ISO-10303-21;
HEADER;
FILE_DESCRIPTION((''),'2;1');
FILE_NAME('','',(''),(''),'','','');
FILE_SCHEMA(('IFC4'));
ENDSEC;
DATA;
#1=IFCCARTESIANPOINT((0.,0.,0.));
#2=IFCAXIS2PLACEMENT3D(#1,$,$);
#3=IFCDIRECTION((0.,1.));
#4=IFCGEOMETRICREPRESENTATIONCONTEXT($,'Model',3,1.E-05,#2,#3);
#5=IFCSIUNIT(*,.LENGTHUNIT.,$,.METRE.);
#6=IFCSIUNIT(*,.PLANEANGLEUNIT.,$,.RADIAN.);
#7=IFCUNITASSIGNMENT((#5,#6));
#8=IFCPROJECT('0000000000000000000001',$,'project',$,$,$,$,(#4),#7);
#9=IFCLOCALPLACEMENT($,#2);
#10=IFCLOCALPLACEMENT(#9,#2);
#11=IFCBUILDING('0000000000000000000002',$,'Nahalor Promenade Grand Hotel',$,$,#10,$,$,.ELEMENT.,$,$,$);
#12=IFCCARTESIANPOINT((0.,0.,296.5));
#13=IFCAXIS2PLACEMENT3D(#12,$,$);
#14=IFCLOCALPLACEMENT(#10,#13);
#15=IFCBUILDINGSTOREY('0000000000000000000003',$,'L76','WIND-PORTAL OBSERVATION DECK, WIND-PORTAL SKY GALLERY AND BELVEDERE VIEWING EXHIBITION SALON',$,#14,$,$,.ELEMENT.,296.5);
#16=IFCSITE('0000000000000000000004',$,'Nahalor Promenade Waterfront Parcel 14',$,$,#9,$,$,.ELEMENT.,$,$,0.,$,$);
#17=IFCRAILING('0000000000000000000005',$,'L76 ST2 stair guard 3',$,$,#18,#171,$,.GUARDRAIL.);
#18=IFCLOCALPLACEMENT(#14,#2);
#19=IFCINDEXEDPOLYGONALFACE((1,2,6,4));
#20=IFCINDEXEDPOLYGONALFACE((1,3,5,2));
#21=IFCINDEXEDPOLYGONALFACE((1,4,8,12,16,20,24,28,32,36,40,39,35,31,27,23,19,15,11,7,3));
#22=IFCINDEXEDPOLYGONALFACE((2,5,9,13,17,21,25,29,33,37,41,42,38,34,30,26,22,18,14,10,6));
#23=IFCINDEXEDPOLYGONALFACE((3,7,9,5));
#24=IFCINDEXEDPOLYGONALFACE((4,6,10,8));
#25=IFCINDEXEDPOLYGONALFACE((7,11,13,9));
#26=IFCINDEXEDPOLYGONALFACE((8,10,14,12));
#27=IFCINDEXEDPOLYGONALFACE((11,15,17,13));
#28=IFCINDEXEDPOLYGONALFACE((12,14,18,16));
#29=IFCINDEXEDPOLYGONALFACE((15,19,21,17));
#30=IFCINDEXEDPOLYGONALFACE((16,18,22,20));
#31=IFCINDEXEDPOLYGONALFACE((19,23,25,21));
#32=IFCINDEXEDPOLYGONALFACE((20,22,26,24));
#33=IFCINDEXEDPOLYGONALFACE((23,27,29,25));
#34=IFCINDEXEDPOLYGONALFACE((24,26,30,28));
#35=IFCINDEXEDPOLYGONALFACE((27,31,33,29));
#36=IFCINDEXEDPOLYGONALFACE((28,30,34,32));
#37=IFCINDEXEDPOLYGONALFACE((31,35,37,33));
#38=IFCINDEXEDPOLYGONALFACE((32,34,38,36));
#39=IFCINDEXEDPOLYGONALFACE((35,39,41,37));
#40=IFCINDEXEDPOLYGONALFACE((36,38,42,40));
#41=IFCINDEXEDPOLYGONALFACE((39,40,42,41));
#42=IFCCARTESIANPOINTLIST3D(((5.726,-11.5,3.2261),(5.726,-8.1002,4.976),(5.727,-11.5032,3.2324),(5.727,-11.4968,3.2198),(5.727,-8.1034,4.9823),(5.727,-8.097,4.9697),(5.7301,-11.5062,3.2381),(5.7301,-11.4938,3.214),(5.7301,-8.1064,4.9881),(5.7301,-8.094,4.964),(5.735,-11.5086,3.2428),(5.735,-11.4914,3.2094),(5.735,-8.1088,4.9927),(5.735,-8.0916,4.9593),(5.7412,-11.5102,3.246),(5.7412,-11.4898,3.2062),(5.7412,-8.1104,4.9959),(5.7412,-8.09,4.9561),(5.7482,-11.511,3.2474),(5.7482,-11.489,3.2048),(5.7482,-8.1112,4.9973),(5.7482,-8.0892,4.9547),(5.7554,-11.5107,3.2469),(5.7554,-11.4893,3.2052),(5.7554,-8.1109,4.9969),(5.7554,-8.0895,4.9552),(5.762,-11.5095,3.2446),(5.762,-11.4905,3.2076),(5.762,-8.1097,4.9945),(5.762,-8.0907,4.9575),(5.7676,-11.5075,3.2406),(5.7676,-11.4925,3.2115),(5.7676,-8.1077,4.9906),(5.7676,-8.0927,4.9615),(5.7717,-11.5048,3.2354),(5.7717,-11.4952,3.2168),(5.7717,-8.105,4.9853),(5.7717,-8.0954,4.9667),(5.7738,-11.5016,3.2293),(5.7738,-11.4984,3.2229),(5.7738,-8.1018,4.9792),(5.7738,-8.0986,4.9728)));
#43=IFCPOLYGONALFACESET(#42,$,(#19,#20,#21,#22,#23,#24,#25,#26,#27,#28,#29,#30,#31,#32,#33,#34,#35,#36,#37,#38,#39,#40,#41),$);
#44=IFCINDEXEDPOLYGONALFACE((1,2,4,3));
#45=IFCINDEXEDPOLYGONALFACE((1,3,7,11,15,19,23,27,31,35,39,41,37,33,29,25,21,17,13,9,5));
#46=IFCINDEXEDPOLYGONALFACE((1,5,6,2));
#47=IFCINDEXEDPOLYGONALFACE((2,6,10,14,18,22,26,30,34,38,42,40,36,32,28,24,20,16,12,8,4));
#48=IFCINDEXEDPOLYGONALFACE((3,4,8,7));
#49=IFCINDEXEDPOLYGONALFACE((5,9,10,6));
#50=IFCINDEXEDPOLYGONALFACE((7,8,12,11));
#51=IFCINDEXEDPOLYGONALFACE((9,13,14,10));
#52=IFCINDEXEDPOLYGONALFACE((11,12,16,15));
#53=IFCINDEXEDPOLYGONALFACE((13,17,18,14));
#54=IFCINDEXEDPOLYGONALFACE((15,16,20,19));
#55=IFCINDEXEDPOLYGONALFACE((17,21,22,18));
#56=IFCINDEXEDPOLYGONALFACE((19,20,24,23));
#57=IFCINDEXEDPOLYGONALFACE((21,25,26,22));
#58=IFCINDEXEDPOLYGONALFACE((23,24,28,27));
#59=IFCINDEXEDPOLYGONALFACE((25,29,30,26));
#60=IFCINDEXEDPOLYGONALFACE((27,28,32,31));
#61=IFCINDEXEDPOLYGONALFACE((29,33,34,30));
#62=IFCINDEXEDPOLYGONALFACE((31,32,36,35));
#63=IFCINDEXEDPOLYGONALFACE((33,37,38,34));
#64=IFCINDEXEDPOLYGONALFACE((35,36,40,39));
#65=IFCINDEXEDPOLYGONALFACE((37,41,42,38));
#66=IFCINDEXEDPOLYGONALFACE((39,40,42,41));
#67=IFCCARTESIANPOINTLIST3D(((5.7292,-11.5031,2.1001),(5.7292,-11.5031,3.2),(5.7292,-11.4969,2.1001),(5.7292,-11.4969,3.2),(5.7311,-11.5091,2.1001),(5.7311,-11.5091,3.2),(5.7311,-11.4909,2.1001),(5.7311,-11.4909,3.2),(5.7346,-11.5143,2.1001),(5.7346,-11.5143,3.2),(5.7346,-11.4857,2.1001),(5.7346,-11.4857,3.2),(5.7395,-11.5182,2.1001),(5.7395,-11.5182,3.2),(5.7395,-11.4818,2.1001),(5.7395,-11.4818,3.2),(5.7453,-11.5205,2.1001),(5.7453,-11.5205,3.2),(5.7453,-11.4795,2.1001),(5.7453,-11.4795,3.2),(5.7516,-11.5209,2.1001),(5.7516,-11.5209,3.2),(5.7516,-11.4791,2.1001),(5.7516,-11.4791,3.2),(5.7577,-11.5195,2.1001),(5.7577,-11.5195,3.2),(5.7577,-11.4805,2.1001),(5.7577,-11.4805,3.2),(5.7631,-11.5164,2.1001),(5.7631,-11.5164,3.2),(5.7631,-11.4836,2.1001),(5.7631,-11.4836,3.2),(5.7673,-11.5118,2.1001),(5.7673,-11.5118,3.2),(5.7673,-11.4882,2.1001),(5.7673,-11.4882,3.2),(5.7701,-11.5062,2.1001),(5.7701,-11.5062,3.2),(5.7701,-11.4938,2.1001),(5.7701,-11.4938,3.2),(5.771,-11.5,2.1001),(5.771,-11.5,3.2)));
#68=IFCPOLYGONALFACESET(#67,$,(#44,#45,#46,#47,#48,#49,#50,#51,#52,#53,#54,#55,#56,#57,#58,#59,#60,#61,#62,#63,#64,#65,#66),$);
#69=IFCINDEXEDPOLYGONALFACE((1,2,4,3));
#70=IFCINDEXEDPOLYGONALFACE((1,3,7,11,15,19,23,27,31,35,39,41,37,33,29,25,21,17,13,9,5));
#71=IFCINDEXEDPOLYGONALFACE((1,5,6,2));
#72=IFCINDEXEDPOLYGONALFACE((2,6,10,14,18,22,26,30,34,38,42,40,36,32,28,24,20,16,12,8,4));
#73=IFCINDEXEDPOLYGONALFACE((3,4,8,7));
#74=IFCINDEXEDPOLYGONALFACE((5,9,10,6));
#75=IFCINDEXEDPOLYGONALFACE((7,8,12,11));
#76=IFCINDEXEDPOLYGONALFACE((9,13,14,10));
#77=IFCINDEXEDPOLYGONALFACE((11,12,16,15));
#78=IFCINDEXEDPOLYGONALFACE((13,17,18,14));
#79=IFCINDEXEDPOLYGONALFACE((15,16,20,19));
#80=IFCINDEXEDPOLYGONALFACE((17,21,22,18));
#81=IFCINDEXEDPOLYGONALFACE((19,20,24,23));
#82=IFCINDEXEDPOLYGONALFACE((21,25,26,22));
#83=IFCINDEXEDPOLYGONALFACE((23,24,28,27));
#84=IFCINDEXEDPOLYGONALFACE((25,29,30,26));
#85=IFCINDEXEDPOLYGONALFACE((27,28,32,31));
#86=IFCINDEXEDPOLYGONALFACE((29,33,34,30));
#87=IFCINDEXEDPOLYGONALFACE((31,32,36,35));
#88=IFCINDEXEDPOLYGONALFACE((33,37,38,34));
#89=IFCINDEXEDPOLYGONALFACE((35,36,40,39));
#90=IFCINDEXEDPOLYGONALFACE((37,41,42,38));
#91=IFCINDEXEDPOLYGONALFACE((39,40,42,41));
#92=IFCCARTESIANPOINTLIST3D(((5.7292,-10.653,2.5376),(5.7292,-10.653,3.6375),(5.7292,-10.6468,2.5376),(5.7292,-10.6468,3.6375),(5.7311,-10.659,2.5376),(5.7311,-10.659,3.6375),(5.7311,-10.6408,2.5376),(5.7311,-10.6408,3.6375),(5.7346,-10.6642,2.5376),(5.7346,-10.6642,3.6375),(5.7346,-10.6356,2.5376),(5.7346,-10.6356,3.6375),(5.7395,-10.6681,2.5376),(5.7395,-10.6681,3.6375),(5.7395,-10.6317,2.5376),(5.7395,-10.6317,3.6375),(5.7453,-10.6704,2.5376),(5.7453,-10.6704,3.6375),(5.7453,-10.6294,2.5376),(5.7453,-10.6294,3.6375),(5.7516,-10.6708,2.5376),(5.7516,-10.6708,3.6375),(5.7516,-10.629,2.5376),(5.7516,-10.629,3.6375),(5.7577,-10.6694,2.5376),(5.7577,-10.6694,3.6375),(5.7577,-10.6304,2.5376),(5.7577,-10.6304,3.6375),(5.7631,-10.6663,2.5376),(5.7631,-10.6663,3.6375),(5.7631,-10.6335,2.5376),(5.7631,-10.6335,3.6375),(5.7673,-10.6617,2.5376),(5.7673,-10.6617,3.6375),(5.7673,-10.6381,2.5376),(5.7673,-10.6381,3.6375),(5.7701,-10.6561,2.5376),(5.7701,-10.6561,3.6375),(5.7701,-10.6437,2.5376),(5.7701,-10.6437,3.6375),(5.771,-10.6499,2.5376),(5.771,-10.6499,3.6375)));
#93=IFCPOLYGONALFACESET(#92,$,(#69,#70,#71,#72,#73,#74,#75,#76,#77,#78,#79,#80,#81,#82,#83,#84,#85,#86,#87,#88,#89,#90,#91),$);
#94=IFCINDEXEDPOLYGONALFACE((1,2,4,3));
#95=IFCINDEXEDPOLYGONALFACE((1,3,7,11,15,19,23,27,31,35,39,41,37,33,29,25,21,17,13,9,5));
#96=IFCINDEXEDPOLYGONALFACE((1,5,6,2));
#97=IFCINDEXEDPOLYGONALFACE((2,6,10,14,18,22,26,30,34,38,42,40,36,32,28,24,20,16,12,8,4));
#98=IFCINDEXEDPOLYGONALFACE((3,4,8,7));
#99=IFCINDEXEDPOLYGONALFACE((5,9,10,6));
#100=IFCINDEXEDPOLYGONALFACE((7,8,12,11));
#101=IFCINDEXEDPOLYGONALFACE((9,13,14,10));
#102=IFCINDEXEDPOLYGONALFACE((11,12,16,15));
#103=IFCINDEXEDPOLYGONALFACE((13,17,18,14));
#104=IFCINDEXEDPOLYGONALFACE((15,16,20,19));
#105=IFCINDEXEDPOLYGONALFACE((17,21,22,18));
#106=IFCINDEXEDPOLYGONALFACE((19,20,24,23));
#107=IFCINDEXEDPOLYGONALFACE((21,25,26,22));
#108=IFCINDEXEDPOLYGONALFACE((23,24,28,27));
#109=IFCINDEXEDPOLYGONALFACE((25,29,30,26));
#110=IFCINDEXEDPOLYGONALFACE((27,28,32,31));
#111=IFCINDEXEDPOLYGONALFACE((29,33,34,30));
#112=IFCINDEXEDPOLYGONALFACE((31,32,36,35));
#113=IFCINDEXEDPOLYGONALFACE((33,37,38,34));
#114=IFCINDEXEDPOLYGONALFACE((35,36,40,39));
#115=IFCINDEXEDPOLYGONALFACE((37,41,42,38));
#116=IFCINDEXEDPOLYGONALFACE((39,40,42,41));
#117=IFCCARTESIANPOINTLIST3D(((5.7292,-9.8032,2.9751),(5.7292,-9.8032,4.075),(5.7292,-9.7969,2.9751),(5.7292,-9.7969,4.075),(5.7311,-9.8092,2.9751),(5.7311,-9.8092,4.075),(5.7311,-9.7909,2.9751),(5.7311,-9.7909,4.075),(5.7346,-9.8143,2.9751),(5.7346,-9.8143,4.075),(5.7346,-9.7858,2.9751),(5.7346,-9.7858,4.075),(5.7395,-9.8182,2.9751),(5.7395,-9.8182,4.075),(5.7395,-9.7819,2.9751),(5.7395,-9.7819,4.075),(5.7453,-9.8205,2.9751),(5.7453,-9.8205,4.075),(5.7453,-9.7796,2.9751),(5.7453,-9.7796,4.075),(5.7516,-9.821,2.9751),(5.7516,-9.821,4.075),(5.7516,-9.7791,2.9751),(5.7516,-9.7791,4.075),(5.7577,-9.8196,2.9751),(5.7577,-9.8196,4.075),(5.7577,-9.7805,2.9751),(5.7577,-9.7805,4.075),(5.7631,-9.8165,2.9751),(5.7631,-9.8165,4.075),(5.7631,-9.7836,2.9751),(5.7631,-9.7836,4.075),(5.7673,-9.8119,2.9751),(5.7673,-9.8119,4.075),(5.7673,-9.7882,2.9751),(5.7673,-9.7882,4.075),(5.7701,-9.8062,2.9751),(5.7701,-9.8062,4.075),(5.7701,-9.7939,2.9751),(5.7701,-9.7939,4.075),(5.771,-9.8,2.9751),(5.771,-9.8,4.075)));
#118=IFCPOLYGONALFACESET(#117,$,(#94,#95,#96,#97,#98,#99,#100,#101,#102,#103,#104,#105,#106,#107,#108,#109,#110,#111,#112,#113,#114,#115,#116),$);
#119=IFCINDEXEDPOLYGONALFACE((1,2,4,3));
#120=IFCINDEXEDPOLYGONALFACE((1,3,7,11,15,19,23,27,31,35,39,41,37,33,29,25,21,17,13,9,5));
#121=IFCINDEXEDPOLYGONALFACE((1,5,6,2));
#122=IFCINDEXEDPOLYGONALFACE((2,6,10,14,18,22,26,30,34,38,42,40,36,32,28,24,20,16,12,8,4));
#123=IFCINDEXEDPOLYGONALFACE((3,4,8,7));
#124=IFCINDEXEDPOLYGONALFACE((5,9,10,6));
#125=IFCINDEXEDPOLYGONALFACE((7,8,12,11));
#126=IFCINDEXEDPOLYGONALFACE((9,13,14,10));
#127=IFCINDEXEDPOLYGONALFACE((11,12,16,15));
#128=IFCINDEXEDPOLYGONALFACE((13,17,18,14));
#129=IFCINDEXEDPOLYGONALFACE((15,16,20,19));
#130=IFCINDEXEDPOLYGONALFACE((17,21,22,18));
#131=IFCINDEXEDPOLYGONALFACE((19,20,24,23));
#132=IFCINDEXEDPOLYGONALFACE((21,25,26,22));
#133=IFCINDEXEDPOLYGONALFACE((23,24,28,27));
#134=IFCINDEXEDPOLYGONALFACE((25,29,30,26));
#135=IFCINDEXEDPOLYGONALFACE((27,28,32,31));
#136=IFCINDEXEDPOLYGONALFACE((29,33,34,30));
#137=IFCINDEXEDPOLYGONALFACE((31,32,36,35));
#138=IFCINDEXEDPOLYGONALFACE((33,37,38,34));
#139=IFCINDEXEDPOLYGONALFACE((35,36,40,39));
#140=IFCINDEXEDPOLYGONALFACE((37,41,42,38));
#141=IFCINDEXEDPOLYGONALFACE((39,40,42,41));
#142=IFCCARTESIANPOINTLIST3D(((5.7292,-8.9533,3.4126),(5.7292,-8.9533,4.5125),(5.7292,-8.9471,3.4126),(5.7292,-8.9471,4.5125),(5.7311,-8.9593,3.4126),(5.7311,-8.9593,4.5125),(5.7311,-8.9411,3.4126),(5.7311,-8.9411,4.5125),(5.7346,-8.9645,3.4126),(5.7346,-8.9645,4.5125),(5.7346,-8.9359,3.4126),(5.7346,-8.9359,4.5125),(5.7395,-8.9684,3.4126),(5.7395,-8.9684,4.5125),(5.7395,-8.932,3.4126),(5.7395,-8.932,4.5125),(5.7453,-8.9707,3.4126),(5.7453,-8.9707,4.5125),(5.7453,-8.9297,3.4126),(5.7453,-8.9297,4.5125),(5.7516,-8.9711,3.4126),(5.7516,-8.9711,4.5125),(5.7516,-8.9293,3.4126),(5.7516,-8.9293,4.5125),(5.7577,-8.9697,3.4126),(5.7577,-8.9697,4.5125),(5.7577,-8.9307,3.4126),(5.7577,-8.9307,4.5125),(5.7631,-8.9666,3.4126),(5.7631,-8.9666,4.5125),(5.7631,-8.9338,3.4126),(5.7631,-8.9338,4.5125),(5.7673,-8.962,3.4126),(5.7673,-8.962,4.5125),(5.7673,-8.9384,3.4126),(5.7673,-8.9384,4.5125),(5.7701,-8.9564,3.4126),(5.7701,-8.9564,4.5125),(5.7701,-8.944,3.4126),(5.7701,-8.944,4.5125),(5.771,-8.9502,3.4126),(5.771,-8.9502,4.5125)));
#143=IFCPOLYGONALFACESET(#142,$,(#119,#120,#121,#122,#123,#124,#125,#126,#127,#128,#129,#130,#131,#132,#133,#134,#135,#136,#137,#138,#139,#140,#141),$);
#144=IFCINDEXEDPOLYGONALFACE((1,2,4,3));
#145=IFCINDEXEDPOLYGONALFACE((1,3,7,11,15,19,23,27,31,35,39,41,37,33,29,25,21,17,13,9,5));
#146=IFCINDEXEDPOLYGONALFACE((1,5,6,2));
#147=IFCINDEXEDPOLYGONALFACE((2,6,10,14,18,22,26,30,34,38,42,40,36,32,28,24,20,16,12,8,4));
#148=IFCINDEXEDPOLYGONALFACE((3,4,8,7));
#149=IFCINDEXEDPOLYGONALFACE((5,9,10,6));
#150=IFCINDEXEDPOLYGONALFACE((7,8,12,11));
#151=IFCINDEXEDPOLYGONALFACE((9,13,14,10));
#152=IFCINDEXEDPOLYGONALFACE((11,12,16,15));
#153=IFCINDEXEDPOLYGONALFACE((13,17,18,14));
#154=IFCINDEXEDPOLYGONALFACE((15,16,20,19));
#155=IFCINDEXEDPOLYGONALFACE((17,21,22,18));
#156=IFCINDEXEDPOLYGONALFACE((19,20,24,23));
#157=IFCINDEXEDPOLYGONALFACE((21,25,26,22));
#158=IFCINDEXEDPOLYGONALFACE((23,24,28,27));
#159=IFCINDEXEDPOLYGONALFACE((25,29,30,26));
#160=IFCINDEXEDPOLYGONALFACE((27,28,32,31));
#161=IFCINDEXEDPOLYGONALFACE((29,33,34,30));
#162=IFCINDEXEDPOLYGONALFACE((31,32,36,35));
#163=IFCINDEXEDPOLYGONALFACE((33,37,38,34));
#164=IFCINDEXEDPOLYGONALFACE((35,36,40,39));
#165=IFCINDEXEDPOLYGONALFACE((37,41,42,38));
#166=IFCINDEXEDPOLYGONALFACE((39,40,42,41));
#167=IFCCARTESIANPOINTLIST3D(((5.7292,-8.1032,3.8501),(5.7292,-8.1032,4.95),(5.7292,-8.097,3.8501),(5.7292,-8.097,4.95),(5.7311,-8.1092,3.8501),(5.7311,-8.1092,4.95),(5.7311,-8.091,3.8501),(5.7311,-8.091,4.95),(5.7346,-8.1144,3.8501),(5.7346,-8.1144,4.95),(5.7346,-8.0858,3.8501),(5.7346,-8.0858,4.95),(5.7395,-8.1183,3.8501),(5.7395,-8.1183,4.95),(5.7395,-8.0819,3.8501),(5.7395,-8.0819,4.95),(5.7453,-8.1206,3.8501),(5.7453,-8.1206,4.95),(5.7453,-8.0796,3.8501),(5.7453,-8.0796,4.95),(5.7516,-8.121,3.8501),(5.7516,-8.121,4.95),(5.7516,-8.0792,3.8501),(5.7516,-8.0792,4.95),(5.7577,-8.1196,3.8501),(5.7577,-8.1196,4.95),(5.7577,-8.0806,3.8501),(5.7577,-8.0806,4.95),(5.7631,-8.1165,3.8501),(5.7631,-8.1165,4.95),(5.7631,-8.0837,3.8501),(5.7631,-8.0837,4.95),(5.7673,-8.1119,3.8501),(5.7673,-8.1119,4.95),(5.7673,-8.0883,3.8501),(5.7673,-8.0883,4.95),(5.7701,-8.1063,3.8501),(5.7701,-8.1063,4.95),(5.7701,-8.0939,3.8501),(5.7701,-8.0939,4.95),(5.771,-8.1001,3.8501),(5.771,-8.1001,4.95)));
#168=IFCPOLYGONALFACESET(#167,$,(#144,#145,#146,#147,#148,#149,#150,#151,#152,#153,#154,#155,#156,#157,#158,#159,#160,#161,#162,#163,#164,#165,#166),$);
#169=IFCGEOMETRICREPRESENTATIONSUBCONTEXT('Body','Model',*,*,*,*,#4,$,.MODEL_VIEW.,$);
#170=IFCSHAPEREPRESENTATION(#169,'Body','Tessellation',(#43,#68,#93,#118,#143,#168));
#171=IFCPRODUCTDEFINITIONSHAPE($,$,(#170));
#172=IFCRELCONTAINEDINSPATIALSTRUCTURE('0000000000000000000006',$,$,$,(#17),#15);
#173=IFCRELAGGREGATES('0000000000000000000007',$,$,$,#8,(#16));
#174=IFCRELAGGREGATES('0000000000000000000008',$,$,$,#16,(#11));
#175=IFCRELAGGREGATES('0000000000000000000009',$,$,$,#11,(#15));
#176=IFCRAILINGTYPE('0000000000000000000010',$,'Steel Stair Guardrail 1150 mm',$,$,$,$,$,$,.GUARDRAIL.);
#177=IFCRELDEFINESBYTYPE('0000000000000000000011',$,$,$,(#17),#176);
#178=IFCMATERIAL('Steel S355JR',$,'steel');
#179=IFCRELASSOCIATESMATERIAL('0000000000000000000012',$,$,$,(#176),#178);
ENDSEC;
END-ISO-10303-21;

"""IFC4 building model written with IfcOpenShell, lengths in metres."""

from ifc_helpers import new_model, si_unit, direction, frame, origin, origin_2d, place, context, subcontext, project, spatial, circle, extrude, material, type_object, element, save


model = new_model("IFC4")

# Units and contexts
model_context = context("Model", 3, precision=1e-05, world=origin(), true_north=direction((0.0, 1.0)))
body_context = subcontext(model_context, "Body", "Model", "MODEL_VIEW")
ifc_project = project(units=[si_unit("LENGTHUNIT", "METRE"), si_unit("PLANEANGLEUNIT", "RADIAN")], contexts=[model_context])

# Site, building, storey
site_placement = place(None, origin())
site = spatial("IfcSite", under=ifc_project, at=site_placement, Name="Nahalor Promenade Waterfront Parcel 14", CompositionType="ELEMENT", RefElevation=0.0)
building_placement = place(site_placement, origin())
building = spatial("IfcBuilding", under=site, at=building_placement, Name="Nahalor Promenade Grand Hotel", CompositionType="ELEMENT")
storey_placement = place(building_placement, frame((0.0, 0.0, 296.5)))
storey = spatial("IfcBuildingStorey", under=building, at=storey_placement, Name="L76", Description="WIND-PORTAL OBSERVATION DECK, WIND-PORTAL SKY GALLERY AND BELVEDERE VIEWING EXHIBITION SALON", CompositionType="ELEMENT", Elevation=296.5)

# Shared definitions
ifc_material_1 = material(Name="Steel S355JR", Category="steel")

# Railing
railing_type_1 = type_object("IfcRailingType", Name="Steel Stair Guardrail 1150 mm", PredefinedType="GUARDRAIL", material=ifc_material_1)
railing_1_placement = place(storey_placement, frame((5.75, -11.5, 2.1001)))
element("IfcRailing", 1, at=railing_1_placement, inside=storey, type_object=railing_type_1, Name="L76 ST2 stair guard 3", PredefinedType="GUARDRAIL", context=body_context, shape_type="SweptSolid", body=[
    extrude(circle(Radius=0.024, at=origin_2d()), frame((0.0, 0.0, 1.126), z_axis=(0.0, 0.88913, 0.457654), x_axis=(-1.0, 0.0, 0.0)), (0.0, 0.0, 1.0), 3.8237),
    extrude(circle(Radius=0.021, at=origin_2d()), origin(), (0.0, 0.0, 1.0), 1.0999),
    extrude(circle(Radius=0.021, at=origin_2d()), frame((0.0, 0.8501, 0.4375)), (0.0, 0.0, 1.0), 1.0999),
    extrude(circle(Radius=0.021, at=origin_2d()), frame((0.0, 1.7, 0.875)), (0.0, 0.0, 1.0), 1.0999),
    extrude(circle(Radius=0.021, at=origin_2d()), frame((0.0, 2.5498, 1.3125)), (0.0, 0.0, 1.0), 1.0999),
    extrude(circle(Radius=0.021, at=origin_2d()), frame((0.0, 3.3999, 1.75)), (0.0, 0.0, 1.0), 1.0999),
])

save(model, "model.ifc")
